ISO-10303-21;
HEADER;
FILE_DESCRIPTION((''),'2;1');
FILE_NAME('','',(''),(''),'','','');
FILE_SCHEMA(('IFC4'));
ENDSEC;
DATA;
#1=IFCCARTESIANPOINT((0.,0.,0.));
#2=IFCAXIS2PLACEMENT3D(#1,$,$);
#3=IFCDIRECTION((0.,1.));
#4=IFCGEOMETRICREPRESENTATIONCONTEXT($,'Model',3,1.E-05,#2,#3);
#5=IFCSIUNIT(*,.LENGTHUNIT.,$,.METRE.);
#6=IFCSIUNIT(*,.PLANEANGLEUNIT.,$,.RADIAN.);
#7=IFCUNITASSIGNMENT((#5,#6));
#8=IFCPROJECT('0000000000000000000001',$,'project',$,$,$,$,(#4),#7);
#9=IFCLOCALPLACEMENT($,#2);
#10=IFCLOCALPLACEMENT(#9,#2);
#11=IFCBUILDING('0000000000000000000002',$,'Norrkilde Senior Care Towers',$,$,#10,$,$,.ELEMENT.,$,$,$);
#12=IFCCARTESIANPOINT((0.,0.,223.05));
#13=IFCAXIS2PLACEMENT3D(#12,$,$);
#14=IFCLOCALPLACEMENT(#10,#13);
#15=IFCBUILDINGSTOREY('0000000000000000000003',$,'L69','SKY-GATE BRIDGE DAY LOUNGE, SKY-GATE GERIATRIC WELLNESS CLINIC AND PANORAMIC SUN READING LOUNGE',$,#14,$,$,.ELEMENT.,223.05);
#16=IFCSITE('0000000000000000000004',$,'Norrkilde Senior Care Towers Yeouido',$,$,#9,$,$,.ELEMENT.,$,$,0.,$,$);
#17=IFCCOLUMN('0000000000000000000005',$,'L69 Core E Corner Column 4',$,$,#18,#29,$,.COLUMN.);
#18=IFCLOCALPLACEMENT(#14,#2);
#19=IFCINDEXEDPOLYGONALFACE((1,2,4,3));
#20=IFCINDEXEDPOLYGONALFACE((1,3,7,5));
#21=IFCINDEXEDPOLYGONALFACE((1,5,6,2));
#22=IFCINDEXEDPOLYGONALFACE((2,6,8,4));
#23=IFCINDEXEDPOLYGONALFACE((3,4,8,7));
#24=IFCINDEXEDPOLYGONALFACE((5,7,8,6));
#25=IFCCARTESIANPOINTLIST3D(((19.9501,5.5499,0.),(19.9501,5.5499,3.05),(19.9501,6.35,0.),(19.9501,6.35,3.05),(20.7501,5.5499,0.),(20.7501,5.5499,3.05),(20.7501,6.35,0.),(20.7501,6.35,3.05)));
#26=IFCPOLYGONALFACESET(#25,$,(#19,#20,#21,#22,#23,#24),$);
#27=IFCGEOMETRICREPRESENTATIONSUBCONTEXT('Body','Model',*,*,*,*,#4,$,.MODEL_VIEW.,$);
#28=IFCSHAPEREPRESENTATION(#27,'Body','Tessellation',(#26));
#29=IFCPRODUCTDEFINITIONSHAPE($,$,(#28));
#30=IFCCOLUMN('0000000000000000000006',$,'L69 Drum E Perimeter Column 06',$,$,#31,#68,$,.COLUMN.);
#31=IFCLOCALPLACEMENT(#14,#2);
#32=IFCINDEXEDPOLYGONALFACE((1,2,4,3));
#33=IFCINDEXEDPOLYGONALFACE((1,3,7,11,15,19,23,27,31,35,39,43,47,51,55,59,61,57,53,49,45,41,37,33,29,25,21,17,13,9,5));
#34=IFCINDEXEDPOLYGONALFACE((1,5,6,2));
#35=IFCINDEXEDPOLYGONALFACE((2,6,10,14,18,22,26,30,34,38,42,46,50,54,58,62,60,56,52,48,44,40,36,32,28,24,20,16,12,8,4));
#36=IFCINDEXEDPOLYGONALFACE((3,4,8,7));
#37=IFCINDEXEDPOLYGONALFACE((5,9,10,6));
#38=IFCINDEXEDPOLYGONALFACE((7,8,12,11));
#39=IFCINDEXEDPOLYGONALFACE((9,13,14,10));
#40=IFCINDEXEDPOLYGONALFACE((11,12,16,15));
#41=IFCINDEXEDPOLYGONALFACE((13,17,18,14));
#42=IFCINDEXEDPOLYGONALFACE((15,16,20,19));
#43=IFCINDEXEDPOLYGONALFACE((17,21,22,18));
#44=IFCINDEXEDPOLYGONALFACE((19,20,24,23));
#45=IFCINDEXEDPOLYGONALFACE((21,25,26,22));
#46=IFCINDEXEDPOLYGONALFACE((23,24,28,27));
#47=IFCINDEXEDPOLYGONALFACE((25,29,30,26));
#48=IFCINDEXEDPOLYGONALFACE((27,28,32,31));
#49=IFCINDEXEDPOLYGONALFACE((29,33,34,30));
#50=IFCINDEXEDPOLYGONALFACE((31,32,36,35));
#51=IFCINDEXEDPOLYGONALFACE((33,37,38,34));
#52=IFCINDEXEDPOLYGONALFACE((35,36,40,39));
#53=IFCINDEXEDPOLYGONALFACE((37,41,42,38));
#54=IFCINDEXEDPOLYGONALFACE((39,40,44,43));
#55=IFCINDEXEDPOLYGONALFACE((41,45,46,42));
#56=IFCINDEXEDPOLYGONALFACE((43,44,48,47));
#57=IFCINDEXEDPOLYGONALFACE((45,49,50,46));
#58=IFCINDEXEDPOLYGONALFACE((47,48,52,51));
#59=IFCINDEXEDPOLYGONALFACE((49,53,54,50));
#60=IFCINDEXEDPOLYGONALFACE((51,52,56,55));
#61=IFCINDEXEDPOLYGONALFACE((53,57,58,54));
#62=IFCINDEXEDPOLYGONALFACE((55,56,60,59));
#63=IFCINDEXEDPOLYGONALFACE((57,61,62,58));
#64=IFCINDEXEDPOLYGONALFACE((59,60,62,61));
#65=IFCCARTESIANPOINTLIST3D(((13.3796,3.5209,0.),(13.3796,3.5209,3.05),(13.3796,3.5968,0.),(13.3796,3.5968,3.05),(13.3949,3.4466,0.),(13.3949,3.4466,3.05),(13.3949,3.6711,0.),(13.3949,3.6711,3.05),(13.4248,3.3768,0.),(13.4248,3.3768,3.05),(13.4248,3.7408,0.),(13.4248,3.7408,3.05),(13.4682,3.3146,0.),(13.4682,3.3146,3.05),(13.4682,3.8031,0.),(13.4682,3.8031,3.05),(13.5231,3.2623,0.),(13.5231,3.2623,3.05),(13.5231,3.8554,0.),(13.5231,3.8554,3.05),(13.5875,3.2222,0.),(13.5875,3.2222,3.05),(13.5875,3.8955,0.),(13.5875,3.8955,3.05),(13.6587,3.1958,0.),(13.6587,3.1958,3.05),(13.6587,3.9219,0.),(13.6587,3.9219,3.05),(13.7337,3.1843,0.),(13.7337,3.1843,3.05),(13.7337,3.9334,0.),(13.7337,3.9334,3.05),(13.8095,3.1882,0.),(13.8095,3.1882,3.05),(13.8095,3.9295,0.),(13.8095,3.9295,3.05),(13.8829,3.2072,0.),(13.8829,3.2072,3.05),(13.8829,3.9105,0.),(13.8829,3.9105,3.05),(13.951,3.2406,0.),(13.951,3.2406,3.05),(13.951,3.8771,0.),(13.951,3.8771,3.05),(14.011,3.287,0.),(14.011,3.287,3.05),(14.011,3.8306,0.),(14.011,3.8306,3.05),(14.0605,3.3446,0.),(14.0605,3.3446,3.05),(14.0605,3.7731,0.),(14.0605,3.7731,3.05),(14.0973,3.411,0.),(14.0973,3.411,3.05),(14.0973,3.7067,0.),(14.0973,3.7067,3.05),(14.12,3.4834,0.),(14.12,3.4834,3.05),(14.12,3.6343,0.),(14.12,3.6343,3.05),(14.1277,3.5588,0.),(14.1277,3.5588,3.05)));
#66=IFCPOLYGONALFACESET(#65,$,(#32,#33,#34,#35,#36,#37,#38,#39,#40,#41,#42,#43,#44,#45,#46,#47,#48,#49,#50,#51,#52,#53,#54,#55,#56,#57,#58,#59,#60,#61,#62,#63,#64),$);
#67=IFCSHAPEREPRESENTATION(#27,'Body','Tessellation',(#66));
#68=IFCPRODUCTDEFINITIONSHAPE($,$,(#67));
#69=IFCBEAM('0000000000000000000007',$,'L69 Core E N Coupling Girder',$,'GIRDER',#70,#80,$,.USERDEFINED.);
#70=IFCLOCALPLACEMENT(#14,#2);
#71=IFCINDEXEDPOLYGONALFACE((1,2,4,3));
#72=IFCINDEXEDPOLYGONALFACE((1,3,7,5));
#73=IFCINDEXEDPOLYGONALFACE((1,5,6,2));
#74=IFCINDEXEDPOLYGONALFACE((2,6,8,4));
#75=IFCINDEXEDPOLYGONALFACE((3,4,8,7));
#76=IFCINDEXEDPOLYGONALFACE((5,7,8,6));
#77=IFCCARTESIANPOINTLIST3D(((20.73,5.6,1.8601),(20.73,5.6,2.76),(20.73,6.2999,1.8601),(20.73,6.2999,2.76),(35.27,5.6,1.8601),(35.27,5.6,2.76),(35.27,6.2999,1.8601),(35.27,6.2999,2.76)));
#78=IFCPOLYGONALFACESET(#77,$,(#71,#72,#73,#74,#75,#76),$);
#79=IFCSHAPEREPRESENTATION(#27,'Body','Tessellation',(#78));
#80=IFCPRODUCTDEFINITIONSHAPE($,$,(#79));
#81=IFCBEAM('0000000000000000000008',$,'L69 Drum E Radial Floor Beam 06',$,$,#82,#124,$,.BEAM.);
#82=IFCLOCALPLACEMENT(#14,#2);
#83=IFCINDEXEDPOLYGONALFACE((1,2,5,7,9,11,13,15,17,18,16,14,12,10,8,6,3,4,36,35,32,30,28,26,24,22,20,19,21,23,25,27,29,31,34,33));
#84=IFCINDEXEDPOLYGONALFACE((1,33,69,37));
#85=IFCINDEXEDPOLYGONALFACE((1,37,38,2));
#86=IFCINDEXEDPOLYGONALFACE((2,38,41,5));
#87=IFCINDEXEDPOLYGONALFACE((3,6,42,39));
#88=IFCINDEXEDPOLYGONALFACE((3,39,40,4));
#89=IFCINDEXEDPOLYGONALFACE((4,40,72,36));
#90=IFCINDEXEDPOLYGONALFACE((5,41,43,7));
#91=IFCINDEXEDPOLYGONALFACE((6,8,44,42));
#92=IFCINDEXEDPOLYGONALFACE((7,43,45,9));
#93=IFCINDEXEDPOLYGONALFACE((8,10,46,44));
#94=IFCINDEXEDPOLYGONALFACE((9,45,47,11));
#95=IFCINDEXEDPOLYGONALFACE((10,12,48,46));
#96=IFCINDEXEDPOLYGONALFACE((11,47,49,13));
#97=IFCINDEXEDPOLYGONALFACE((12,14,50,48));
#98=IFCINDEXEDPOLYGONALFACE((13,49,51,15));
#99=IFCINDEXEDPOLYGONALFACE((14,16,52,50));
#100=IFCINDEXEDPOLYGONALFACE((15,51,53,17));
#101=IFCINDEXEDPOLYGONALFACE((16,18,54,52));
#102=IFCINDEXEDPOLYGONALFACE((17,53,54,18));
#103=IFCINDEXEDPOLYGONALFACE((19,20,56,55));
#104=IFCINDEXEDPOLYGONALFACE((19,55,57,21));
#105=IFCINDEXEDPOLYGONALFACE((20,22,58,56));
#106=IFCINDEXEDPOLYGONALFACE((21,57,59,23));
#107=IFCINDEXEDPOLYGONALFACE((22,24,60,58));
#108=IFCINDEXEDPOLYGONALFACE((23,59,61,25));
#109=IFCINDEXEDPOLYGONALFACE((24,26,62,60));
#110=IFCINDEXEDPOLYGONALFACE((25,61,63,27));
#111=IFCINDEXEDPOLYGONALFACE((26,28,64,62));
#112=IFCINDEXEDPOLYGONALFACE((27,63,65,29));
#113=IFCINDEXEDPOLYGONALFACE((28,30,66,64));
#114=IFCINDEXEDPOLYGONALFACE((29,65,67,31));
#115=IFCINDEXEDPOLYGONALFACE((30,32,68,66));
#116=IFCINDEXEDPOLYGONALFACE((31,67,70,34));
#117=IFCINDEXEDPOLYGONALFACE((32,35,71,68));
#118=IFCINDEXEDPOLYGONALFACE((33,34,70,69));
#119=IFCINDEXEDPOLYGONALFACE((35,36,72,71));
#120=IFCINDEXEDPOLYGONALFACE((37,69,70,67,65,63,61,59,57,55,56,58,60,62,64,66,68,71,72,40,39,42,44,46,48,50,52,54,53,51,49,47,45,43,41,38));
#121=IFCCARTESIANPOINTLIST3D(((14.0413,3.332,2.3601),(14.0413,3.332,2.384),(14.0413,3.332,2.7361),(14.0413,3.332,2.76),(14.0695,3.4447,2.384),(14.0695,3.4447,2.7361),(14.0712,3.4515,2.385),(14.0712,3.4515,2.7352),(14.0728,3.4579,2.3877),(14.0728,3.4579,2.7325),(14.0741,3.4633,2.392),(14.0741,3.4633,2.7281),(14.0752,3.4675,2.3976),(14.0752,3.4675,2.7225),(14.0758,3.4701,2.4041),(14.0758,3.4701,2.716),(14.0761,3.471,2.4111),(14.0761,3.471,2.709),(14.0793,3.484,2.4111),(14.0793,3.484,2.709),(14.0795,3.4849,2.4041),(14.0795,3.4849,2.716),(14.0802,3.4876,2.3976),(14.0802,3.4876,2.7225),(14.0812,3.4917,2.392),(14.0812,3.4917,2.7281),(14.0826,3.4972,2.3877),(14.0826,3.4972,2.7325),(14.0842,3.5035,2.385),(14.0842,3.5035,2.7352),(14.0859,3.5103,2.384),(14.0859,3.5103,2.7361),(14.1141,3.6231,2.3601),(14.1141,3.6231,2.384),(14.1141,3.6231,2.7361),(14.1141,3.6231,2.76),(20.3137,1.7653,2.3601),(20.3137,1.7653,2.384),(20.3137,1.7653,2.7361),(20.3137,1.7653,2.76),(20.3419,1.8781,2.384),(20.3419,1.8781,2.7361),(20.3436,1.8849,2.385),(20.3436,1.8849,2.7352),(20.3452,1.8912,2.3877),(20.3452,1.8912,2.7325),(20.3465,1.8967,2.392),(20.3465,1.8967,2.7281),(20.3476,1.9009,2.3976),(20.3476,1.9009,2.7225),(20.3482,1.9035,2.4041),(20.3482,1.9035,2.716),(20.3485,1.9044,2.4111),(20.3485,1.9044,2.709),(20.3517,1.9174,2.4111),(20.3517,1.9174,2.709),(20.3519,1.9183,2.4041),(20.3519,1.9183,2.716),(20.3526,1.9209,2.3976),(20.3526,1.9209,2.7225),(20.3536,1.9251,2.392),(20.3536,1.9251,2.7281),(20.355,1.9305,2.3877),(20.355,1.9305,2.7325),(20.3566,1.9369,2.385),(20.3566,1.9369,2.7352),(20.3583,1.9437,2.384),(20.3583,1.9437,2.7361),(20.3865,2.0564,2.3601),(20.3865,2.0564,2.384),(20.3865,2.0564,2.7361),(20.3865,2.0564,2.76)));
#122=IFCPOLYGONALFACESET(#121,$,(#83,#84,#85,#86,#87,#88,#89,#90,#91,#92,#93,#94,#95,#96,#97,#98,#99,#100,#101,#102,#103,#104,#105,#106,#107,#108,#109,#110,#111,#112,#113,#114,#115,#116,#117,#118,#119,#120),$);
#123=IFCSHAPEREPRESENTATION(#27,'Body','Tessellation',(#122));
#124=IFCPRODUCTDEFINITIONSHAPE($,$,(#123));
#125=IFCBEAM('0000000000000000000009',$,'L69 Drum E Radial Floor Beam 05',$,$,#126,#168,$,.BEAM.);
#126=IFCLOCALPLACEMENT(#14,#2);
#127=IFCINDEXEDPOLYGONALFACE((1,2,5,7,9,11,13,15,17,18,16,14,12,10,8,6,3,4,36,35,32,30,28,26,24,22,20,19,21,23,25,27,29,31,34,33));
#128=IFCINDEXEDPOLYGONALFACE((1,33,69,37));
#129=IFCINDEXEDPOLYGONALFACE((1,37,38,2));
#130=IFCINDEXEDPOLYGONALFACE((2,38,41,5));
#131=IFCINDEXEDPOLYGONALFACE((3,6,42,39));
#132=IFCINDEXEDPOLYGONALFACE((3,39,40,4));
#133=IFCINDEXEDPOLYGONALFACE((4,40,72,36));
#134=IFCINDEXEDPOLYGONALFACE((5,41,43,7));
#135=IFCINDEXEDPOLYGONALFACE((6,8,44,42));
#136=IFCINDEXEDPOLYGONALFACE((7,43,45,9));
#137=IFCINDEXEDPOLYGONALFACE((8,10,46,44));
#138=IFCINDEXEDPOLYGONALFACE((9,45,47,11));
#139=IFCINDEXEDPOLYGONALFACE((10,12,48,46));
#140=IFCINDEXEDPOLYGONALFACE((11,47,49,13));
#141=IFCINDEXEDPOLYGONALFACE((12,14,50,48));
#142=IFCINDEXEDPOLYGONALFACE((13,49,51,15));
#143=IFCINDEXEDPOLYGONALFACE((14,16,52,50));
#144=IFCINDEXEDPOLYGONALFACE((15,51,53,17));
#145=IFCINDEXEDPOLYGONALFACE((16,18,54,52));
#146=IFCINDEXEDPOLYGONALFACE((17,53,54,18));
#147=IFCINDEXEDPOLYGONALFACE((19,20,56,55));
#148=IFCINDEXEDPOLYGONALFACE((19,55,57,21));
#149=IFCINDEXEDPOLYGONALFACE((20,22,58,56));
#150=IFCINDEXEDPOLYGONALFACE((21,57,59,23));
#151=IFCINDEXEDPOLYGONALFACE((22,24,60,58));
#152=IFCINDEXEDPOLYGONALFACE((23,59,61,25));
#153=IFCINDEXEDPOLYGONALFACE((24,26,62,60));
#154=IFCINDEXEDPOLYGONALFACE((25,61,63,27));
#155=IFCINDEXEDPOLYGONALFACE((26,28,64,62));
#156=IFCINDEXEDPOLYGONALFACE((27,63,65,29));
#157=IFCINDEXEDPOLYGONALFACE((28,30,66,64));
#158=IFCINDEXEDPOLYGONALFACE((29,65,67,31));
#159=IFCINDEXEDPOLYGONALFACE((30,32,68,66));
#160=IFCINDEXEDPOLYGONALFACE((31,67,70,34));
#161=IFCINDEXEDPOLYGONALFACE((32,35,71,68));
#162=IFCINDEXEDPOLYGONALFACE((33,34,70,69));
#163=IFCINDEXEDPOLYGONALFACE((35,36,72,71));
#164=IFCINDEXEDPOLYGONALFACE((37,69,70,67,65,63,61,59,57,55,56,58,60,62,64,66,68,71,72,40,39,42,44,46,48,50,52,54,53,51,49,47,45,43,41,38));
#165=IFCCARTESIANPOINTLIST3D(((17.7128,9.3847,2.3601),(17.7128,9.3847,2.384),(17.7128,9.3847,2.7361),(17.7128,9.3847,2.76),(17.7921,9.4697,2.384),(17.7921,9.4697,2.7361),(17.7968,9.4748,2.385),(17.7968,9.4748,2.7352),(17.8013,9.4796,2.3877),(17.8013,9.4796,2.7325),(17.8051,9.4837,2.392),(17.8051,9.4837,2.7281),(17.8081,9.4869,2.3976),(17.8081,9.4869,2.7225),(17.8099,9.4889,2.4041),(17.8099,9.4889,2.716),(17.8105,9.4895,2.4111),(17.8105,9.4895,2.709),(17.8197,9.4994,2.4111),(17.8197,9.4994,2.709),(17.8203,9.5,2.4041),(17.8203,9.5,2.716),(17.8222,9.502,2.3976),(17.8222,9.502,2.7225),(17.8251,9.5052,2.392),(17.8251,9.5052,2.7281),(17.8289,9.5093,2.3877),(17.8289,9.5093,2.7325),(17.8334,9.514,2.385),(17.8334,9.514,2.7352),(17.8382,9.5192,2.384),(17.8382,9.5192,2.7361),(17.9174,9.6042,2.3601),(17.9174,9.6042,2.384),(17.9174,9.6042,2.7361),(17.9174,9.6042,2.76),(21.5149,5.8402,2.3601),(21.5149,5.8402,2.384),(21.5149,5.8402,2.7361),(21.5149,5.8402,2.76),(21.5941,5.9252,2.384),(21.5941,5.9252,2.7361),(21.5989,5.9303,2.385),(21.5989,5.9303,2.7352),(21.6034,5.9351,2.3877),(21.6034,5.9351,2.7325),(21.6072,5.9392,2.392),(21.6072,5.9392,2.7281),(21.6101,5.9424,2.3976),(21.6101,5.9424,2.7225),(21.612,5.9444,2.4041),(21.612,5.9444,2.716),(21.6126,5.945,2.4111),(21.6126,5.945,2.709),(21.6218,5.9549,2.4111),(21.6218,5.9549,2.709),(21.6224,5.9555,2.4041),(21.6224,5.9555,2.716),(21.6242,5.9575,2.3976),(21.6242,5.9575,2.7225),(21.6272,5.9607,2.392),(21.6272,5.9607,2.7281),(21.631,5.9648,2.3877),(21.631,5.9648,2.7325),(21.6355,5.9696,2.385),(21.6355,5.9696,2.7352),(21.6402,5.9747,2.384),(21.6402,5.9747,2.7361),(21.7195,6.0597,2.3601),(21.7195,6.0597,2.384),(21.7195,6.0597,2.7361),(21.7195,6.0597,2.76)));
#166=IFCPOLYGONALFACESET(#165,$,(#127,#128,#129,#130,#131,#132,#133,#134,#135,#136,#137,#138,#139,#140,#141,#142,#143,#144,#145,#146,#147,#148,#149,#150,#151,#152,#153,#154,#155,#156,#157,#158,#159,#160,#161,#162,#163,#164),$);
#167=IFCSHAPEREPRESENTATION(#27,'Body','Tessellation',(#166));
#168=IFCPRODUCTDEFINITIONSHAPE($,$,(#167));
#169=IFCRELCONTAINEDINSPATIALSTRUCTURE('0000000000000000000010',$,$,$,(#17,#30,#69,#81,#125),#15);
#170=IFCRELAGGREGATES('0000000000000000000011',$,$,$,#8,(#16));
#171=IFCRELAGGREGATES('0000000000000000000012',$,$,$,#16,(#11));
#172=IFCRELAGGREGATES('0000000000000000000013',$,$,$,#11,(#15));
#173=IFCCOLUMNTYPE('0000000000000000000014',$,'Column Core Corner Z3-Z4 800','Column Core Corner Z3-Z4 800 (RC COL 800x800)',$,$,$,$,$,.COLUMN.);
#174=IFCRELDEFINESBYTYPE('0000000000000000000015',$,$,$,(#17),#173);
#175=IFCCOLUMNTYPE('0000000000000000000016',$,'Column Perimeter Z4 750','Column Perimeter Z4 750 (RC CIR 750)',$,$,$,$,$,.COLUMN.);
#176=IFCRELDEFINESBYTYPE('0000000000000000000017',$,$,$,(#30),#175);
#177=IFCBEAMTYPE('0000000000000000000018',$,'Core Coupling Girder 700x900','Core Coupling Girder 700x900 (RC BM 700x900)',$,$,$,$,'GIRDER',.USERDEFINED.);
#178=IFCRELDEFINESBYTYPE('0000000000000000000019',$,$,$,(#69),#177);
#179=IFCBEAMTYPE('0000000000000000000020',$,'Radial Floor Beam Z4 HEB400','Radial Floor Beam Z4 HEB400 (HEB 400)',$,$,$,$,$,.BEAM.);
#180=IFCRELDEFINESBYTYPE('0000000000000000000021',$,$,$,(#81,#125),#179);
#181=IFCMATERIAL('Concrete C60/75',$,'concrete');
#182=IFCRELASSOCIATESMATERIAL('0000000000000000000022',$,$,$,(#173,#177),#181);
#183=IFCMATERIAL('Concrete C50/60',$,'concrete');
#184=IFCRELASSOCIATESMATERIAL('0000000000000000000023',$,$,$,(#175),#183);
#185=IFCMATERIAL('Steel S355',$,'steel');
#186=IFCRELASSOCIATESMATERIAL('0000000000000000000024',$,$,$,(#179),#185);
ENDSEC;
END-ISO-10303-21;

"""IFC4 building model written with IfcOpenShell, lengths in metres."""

from ifc_helpers import new_model, si_unit, direction, frame, origin, origin_2d, place, context, subcontext, project, spatial, rectangle, circle, i_section, extrude, source, transform, mapped, material, material_profile, profile_set, type_object, type_shapes, element, save


model = new_model("IFC4")

# Units and contexts
model_context = context("Model", 3, precision=1e-05, world=origin(), true_north=direction((0.0, 1.0)))
body_context = subcontext(model_context, "Body", "Model", "MODEL_VIEW")
ifc_project = project(units=[si_unit("LENGTHUNIT", "METRE"), si_unit("PLANEANGLEUNIT", "RADIAN")], contexts=[model_context])

# Site, building, storey
site_placement = place(None, origin())
site = spatial("IfcSite", under=ifc_project, at=site_placement, Name="Norrkilde Senior Care Towers Yeouido", CompositionType="ELEMENT", RefElevation=0.0)
building_placement = place(site_placement, origin())
building = spatial("IfcBuilding", under=site, at=building_placement, Name="Norrkilde Senior Care Towers", CompositionType="ELEMENT")
storey_placement = place(building_placement, frame((0.0, 0.0, 223.05)))
storey = spatial("IfcBuildingStorey", under=building, at=storey_placement, Name="L69", Description="SKY-GATE BRIDGE DAY LOUNGE, SKY-GATE GERIATRIC WELLNESS CLINIC AND PANORAMIC SUN READING LOUNGE", CompositionType="ELEMENT", Elevation=223.05)

# Columns
ifc_material_1 = material(Name="Concrete C60/75", Category="concrete")
ifc_material_profile_1 = material_profile(ifc_material_1, rectangle(XDim=0.8, YDim=0.8, at=origin_2d()), Name="RC COL 800x800")
ifc_profile_set_1 = profile_set([ifc_material_profile_1], Name="Concrete C60/75")
column_type_1 = type_object("IfcColumnType", Name="Column Core Corner Z3-Z4 800", Description="Column Core Corner Z3-Z4 800 (RC COL 800x800)", PredefinedType="COLUMN", material=ifc_profile_set_1)
shared_shape_1 = source(origin(), body_context, "Body", "SweptSolid", [
    extrude(rectangle(XDim=0.8, YDim=0.8, at=origin_2d()), origin(), (0.0, 0.0, 1.0), 3.05),
])
type_shapes(column_type_1, [shared_shape_1])
column_1_placement = place(storey_placement, frame((20.3501, 5.95, 0.0), z_axis=(0.0, 0.0, 1.0), x_axis=(1.0, 0.0, 0.0)))
element("IfcColumn", 1, at=column_1_placement, inside=storey, type_object=column_type_1, Name="L69 Core E Corner Column 4", PredefinedType="COLUMN", context=body_context, shape_type="MappedRepresentation", body=[
    mapped(shared_shape_1, transform((0.0, 0.0, 0.0), x_axis=(1.0, 0.0, 0.0), y_axis=(0.0, 1.0, 0.0), z_axis=(0.0, 0.0, 1.0), scale=1.0)),
])
ifc_material_2 = material(Name="Concrete C50/60", Category="concrete")
ifc_material_profile_2 = material_profile(ifc_material_2, circle(Radius=0.375, at=origin_2d()), Name="RC CIR 750")
ifc_profile_set_2 = profile_set([ifc_material_profile_2], Name="Concrete C50/60")
column_type_2 = type_object("IfcColumnType", Name="Column Perimeter Z4 750", Description="Column Perimeter Z4 750 (RC CIR 750)", PredefinedType="COLUMN", material=ifc_profile_set_2)
shared_shape_2 = source(origin(), body_context, "Body", "SweptSolid", [
    extrude(circle(Radius=0.375, at=origin_2d()), origin(), (0.0, 0.0, 1.0), 3.05),
])
type_shapes(column_type_2, [shared_shape_2])
column_2_placement = place(storey_placement, frame((13.7527, 3.5588, 0.0), z_axis=(0.0, 0.0, 1.0), x_axis=(1.0, 0.0, 0.0)))
element("IfcColumn", 2, at=column_2_placement, inside=storey, type_object=column_type_2, Name="L69 Drum E Perimeter Column 06", PredefinedType="COLUMN", context=body_context, shape_type="MappedRepresentation", body=[
    mapped(shared_shape_2, transform((0.0, 0.0, 0.0), x_axis=(1.0, 0.0, 0.0), y_axis=(0.0, 1.0, 0.0), z_axis=(0.0, 0.0, 1.0), scale=1.0)),
])

# Beams
ifc_material_profile_3 = material_profile(ifc_material_1, rectangle(XDim=0.7, YDim=0.8999, at=origin_2d()), Name="RC BM 700x900")
ifc_profile_set_3 = profile_set([ifc_material_profile_3], Name="Concrete C60/75")
beam_type_1 = type_object("IfcBeamType", Name="Core Coupling Girder 700x900", Description="Core Coupling Girder 700x900 (RC BM 700x900)", ElementType="GIRDER", PredefinedType="USERDEFINED", material=ifc_profile_set_3)
shared_shape_3 = source(origin(), body_context, "Body", "SweptSolid", [
    extrude(rectangle(XDim=0.7, YDim=0.8999, at=origin_2d()), origin(), (0.0, 0.0, 1.0), 14.54),
])
type_shapes(beam_type_1, [shared_shape_3])
beam_1_placement = place(storey_placement, frame((20.73, 5.95, 2.3101), z_axis=(1.0, 0.0, 0.0), x_axis=(0.0, 1.0, 0.0)))
element("IfcBeam", 3, at=beam_1_placement, inside=storey, type_object=beam_type_1, Name="L69 Core E N Coupling Girder", ObjectType="GIRDER", PredefinedType="USERDEFINED", context=body_context, shape_type="MappedRepresentation", body=[
    mapped(shared_shape_3, transform((0.0, 0.0, 0.0), x_axis=(1.0, 0.0, 0.0), y_axis=(0.0, 1.0, 0.0), z_axis=(0.0, 0.0, 1.0), scale=1.0)),
])
ifc_material_3 = material(Name="Steel S355", Category="steel")
ifc_material_profile_4 = material_profile(ifc_material_3, i_section(OverallWidth=0.3, OverallDepth=0.3999, WebThickness=0.0134, FlangeThickness=0.0239, FilletRadius=0.0271, at=origin_2d()), Name="HEB 400")
ifc_profile_set_4 = profile_set([ifc_material_profile_4], Name="Steel S355")
beam_type_2 = type_object("IfcBeamType", Name="Radial Floor Beam Z4 HEB400", Description="Radial Floor Beam Z4 HEB400 (HEB 400)", PredefinedType="BEAM", material=ifc_profile_set_4)
shared_shape_4 = source(origin(), body_context, "Body", "SweptSolid", [
    extrude(i_section(OverallWidth=0.3, OverallDepth=0.3999, WebThickness=0.0134, FlangeThickness=0.0239, FilletRadius=0.0271, at=origin_2d()), origin(), (0.0, 0.0, 1.0), 6.4651),
])
beam_2_placement = place(storey_placement, frame((20.3501, 1.9109, 2.5601), z_axis=(-0.970196, 0.242322, 0.0), x_axis=(-0.242322, -0.970196, 0.0)))
element("IfcBeam", 4, at=beam_2_placement, inside=storey, type_object=beam_type_2, Name="L69 Drum E Radial Floor Beam 06", PredefinedType="BEAM", context=body_context, shape_type="MappedRepresentation", body=[
    mapped(shared_shape_4, transform((0.0, 0.0, 0.0), x_axis=(1.0, 0.0, 0.0), y_axis=(0.0, 1.0, 0.0), z_axis=(0.0, 0.0, 1.0), scale=1.0)),
])
shared_shape_5 = source(origin(), body_context, "Body", "SweptSolid", [
    extrude(i_section(OverallWidth=0.3, OverallDepth=0.3999, WebThickness=0.0134, FlangeThickness=0.0239, FilletRadius=0.0271, at=origin_2d()), origin(), (0.0, 0.0, 1.0), 5.198),
])
type_shapes(beam_type_2, [shared_shape_4, shared_shape_5])
beam_3_placement = place(storey_placement, frame((21.6172, 5.95, 2.5601), z_axis=(-0.731449, 0.681896, 0.0), x_axis=(-0.681896, -0.731449, 0.0)))
element("IfcBeam", 5, at=beam_3_placement, inside=storey, type_object=beam_type_2, Name="L69 Drum E Radial Floor Beam 05", PredefinedType="BEAM", context=body_context, shape_type="MappedRepresentation", body=[
    mapped(shared_shape_5, transform((0.0, 0.0, 0.0), x_axis=(1.0, 0.0, 0.0), y_axis=(0.0, 1.0, 0.0), z_axis=(0.0, 0.0, 1.0), scale=1.0)),
])

save(model, "model.ifc")
